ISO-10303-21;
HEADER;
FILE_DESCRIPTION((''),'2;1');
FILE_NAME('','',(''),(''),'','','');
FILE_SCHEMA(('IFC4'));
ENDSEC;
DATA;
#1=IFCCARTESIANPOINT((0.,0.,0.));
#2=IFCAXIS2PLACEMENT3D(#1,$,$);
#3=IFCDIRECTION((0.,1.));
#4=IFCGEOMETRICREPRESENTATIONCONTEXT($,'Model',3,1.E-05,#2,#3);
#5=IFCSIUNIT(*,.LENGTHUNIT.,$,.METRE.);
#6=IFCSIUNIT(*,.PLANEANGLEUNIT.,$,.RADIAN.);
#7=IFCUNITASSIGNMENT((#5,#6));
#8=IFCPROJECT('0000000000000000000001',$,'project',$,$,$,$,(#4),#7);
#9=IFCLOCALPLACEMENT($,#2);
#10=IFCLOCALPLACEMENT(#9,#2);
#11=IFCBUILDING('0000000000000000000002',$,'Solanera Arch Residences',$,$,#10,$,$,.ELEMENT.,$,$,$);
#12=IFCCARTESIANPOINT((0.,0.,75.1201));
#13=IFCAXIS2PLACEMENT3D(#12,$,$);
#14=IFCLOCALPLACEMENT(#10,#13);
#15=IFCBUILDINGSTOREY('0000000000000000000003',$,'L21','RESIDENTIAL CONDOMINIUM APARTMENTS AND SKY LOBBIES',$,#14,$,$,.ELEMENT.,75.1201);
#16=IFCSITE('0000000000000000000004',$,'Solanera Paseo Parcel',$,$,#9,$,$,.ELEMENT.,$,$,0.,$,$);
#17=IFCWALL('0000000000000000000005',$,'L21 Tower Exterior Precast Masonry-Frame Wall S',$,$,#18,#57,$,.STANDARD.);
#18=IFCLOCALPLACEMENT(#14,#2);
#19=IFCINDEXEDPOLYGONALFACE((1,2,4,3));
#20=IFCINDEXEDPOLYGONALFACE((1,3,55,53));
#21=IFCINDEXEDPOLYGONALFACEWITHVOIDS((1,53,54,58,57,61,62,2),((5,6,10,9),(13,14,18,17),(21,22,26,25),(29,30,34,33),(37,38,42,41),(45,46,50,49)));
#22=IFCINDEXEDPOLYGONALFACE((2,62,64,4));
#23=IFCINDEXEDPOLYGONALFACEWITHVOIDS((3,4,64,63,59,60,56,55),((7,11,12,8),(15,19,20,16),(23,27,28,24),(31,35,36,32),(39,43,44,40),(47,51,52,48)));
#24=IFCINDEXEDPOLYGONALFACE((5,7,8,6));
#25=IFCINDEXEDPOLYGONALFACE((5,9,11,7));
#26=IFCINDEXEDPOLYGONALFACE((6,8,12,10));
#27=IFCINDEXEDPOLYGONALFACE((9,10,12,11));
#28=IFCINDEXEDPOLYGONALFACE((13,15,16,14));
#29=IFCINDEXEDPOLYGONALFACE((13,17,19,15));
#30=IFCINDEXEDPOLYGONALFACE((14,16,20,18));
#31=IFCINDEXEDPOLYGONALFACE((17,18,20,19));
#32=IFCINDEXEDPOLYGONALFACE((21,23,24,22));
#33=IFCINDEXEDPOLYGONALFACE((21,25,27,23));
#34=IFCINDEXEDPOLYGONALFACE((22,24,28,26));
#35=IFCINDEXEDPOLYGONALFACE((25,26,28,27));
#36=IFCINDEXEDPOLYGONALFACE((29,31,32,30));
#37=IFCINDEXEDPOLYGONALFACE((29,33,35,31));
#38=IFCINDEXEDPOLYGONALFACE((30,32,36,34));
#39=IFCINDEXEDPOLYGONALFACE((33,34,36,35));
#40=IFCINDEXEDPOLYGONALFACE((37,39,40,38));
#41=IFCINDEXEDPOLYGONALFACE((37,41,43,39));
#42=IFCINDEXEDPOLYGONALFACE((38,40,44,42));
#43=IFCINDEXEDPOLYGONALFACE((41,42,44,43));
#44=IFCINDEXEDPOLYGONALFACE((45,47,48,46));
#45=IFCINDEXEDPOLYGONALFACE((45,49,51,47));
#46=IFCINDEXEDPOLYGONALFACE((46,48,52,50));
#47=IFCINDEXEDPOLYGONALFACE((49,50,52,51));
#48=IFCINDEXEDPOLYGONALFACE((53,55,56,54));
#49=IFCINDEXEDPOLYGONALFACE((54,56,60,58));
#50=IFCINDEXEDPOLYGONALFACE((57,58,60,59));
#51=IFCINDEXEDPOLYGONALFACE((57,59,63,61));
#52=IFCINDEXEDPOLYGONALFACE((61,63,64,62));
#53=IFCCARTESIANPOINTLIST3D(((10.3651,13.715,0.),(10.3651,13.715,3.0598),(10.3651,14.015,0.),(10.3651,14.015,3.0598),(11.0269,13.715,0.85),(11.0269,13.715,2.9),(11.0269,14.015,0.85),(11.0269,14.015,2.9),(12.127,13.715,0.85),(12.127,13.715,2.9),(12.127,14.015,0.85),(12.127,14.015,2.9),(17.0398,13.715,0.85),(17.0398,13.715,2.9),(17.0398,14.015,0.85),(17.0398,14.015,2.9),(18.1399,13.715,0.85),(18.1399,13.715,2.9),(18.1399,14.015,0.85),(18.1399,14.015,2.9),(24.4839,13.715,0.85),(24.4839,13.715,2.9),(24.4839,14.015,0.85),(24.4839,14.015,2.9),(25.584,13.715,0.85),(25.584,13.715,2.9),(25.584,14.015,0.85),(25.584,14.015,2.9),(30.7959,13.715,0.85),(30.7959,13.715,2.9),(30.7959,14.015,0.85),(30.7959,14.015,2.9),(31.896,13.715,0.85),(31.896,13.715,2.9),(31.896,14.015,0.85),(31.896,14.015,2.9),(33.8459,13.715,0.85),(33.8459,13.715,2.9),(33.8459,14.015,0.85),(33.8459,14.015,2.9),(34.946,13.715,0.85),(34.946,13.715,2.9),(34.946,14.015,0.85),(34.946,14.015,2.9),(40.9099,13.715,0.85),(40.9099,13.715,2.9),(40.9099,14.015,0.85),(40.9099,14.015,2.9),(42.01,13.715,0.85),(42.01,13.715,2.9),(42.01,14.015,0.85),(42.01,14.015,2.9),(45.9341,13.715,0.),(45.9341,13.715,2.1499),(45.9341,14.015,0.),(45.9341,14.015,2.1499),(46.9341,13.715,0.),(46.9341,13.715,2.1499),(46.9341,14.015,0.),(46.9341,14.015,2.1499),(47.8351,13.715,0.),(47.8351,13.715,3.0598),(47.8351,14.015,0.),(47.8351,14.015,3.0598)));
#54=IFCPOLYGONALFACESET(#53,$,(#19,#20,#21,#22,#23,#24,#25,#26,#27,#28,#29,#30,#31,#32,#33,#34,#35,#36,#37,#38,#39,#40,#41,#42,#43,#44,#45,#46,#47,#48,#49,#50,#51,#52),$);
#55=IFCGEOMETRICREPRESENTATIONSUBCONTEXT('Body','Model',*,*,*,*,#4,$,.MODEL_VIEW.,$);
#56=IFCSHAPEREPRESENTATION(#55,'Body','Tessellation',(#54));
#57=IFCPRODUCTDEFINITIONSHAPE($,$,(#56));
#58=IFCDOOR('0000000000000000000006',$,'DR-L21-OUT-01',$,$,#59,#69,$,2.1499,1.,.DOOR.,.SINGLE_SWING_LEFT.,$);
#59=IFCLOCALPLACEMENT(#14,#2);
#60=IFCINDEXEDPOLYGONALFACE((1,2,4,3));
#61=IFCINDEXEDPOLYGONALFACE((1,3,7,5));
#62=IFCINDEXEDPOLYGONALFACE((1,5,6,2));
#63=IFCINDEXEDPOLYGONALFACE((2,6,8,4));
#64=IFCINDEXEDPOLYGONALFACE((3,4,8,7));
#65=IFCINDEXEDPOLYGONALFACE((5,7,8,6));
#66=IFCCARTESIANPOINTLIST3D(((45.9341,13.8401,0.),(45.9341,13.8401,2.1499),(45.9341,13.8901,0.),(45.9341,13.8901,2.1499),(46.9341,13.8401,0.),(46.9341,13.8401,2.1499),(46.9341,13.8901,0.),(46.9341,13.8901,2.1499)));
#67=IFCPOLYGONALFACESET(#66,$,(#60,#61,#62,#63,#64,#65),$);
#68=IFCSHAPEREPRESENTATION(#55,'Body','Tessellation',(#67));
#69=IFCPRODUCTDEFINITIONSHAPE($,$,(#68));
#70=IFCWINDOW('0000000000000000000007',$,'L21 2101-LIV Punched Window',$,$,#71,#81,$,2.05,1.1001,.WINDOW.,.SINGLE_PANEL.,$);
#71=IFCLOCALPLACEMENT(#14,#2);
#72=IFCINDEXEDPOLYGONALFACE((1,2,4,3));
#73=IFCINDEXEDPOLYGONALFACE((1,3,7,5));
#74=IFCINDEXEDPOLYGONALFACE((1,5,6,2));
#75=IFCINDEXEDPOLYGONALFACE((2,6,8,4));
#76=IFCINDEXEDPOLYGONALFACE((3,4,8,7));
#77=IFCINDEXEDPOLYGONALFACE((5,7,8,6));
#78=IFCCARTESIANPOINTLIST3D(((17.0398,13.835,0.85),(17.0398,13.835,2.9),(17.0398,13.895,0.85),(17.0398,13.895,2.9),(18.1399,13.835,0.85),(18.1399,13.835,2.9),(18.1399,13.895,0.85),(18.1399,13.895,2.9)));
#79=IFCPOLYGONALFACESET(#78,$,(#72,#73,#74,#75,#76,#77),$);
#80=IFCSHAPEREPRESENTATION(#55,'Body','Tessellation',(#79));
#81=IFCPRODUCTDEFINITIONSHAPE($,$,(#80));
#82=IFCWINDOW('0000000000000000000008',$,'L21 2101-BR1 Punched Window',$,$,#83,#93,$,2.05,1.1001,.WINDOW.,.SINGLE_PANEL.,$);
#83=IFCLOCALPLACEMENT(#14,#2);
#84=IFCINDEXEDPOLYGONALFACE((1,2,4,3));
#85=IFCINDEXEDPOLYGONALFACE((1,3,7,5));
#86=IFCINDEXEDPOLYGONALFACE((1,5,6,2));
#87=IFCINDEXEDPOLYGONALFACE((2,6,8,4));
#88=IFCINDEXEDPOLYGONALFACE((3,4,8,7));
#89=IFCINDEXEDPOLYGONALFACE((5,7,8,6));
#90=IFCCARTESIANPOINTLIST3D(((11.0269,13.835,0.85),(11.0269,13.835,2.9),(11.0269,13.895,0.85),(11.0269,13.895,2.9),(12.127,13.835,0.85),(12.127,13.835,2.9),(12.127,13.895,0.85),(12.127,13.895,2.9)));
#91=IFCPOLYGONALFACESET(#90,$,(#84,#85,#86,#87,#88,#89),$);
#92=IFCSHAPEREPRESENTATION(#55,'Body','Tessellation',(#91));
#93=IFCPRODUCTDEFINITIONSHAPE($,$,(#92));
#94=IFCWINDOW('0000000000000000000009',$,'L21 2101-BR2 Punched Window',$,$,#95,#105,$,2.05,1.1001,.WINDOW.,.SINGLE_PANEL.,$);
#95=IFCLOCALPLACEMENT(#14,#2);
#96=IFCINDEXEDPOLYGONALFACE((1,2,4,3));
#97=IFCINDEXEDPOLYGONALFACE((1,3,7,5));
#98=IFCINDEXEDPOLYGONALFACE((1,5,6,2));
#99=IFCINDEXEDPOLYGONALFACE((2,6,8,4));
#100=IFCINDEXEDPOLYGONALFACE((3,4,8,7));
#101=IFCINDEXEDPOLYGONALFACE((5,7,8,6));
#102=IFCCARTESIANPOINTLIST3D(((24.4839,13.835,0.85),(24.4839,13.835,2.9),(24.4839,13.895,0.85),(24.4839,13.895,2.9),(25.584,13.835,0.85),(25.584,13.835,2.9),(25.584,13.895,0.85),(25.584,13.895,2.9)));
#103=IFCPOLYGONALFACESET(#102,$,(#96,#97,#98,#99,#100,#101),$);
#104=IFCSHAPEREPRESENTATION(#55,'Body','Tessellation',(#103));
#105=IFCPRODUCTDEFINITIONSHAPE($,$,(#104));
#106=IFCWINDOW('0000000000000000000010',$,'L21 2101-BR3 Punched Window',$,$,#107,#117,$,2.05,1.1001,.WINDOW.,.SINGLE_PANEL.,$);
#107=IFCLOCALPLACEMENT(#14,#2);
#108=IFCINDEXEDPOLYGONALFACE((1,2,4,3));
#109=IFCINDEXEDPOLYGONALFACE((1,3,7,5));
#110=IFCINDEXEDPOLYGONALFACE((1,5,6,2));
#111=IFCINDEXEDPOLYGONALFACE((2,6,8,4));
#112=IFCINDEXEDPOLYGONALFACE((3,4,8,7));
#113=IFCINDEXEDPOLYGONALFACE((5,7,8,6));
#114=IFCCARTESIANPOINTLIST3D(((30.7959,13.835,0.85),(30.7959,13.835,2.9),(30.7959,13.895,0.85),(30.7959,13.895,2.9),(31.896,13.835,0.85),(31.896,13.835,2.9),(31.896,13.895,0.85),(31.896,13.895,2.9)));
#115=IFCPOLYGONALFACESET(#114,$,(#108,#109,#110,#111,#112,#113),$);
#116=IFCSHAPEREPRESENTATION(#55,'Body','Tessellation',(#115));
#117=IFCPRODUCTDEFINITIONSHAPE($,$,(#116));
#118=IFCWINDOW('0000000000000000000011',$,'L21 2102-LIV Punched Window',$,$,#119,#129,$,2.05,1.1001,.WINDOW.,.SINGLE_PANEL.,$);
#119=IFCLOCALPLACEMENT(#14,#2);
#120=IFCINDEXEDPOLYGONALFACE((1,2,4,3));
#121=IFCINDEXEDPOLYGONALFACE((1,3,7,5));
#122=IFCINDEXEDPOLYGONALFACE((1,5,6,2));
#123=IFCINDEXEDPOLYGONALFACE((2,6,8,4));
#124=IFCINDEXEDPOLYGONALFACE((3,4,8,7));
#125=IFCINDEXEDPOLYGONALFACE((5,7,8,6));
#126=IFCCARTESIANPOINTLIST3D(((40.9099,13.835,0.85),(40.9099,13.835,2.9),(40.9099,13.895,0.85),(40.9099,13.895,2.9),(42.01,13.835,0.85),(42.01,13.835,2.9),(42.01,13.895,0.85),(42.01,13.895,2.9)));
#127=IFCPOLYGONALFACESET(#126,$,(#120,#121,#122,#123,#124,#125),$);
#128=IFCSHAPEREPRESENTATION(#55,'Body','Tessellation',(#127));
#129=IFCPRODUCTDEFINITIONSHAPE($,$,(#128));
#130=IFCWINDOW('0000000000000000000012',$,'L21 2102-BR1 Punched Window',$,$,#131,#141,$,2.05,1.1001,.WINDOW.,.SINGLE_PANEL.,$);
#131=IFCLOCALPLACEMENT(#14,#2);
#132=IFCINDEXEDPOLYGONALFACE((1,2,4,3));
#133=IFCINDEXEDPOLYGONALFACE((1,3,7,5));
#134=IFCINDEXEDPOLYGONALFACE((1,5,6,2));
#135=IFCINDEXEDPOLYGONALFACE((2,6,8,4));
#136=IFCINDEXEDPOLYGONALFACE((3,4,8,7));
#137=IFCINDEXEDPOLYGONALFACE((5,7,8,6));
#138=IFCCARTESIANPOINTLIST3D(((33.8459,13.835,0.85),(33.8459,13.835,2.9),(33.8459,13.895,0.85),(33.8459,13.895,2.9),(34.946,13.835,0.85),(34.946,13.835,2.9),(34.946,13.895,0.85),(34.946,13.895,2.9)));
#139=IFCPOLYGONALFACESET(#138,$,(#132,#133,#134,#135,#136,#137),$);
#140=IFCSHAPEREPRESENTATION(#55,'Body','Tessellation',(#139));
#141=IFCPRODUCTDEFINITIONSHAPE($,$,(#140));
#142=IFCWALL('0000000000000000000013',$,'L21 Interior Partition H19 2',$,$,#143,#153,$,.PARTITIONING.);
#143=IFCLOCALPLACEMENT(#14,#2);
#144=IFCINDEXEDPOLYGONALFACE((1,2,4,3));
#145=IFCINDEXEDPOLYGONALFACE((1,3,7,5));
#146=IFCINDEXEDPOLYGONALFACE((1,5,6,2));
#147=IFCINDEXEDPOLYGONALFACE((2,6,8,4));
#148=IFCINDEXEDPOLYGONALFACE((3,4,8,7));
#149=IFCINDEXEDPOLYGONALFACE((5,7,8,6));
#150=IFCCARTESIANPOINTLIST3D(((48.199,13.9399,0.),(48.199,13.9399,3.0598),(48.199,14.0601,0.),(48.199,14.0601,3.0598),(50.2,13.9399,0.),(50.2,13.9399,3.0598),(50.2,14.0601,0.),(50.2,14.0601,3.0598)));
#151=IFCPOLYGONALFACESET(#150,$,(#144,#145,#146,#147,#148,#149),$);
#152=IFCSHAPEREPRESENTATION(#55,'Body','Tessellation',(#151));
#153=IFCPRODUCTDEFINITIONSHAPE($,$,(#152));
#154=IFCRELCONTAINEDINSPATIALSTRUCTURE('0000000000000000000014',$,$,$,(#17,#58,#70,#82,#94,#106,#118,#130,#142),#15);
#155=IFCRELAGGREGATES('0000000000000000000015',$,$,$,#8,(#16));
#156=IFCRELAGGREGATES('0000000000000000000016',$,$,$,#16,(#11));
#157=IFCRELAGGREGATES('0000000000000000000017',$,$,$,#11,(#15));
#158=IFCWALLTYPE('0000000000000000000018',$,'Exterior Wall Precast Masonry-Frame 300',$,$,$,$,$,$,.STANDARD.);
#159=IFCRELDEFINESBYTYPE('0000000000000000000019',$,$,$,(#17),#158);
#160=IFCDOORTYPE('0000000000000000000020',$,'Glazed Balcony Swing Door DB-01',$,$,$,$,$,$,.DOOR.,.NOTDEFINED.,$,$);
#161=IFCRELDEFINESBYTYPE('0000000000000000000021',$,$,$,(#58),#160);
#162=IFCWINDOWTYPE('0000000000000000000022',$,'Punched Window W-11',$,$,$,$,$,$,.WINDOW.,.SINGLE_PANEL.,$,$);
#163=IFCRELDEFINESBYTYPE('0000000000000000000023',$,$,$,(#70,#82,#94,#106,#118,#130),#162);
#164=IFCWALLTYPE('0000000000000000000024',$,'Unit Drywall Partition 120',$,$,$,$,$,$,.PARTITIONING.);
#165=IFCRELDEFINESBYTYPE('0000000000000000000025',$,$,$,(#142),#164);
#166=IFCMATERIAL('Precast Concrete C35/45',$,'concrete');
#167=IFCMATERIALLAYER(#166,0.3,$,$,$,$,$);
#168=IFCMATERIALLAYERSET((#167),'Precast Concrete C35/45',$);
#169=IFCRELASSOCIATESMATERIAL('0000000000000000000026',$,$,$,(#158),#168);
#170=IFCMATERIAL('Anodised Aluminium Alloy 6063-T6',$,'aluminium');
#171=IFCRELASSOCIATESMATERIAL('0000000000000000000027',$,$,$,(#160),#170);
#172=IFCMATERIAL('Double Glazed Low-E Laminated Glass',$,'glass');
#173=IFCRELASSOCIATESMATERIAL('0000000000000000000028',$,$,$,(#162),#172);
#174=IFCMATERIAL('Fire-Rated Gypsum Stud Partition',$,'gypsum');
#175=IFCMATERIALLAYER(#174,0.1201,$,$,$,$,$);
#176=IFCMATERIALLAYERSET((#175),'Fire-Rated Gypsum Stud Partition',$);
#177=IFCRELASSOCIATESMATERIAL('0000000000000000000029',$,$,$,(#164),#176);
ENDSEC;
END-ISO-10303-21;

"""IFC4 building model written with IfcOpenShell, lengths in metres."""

from ifc_helpers import new_model, si_unit, direction, frame, frame_2d, origin, place, context, subcontext, project, spatial, rectangle, extrude, material, layer, layer_set, type_object, element, fill, save


model = new_model("IFC4")

# Units and contexts
model_context = context("Model", 3, precision=1e-05, world=origin(), true_north=direction((0.0, 1.0)))
body_context = subcontext(model_context, "Body", "Model", "MODEL_VIEW")
ifc_project = project(units=[si_unit("LENGTHUNIT", "METRE"), si_unit("PLANEANGLEUNIT", "RADIAN")], contexts=[model_context])

# Site, building, storey
site_placement = place(None, origin())
site = spatial("IfcSite", under=ifc_project, at=site_placement, Name="Solanera Paseo Parcel", CompositionType="ELEMENT", RefElevation=0.0)
building_placement = place(site_placement, origin())
building = spatial("IfcBuilding", under=site, at=building_placement, Name="Solanera Arch Residences", CompositionType="ELEMENT")
storey_placement = place(building_placement, frame((0.0, 0.0, 75.1201)))
storey = spatial("IfcBuildingStorey", under=building, at=storey_placement, Name="L21", Description="RESIDENTIAL CONDOMINIUM APARTMENTS AND SKY LOBBIES", CompositionType="ELEMENT", Elevation=75.1201)

# Shared definitions
ifc_material_1 = material(Name="Precast Concrete C35/45", Category="concrete")
ifc_layer_1 = layer(ifc_material_1, 0.3)
ifc_layer_set_1 = layer_set([ifc_layer_1], Name="Precast Concrete C35/45")
wall_type_1 = type_object("IfcWallType", Name="Exterior Wall Precast Masonry-Frame 300", PredefinedType="STANDARD", material=ifc_layer_set_1)

# Wall, openings, door, windows
wall_1_placement = place(storey_placement, frame((47.835, 13.865, 0.0), z_axis=(0.0, 0.0, 1.0), x_axis=(-1.0, 0.0, 0.0)))
wall_1 = element("IfcWall", 1, at=wall_1_placement, inside=storey, type_object=wall_type_1, Name="L21 Tower Exterior Precast Masonry-Frame Wall S", PredefinedType="STANDARD", context=body_context, shape_type="SweptSolid", body=[
    extrude(rectangle(XDim=37.47, YDim=0.3, at=frame_2d((18.7349, 0.0))), origin(), (0.0, 0.0, 1.0), 3.0598),
])
opening_1_placement = place(wall_1_placement, frame((0.9009, 0.0, 0.0)))
opening_1 = element("IfcOpeningElement", 2, at=opening_1_placement, cuts=wall_1, PredefinedType="OPENING", context=body_context, shape_type="SweptSolid", body=[
    extrude(rectangle(XDim=1.0, YDim=2.1499, at=frame_2d((0.5, 1.075))), frame((0.0, 0.1599, 0.0), z_axis=(0.0, -1.0, 0.0), x_axis=(1.0, 0.0, 0.0)), (0.0, 0.0, 1.0), 0.32),
])
opening_2_placement = place(wall_1_placement, frame((29.6951, 0.0, 0.8501)))
opening_2 = element("IfcOpeningElement", 3, at=opening_2_placement, cuts=wall_1, PredefinedType="OPENING", context=body_context, shape_type="SweptSolid", body=[
    extrude(rectangle(XDim=1.1001, YDim=2.05, at=frame_2d((0.55, 1.0249))), frame((0.0, 0.1599, 0.0), z_axis=(0.0, -1.0, 0.0), x_axis=(1.0, 0.0, 0.0)), (0.0, 0.0, 1.0), 0.32),
])
opening_3_placement = place(wall_1_placement, frame((35.708, 0.0, 0.8501)))
opening_3 = element("IfcOpeningElement", 4, at=opening_3_placement, cuts=wall_1, PredefinedType="OPENING", context=body_context, shape_type="SweptSolid", body=[
    extrude(rectangle(XDim=1.1001, YDim=2.05, at=frame_2d((0.55, 1.0249))), frame((0.0, 0.1599, 0.0), z_axis=(0.0, -1.0, 0.0), x_axis=(1.0, 0.0, 0.0)), (0.0, 0.0, 1.0), 0.32),
])
opening_4_placement = place(wall_1_placement, frame((22.251, 0.0, 0.8501)))
opening_4 = element("IfcOpeningElement", 5, at=opening_4_placement, cuts=wall_1, PredefinedType="OPENING", context=body_context, shape_type="SweptSolid", body=[
    extrude(rectangle(XDim=1.1001, YDim=2.05, at=frame_2d((0.55, 1.0249))), frame((0.0, 0.1599, 0.0), z_axis=(0.0, -1.0, 0.0), x_axis=(1.0, 0.0, 0.0)), (0.0, 0.0, 1.0), 0.32),
])
opening_5_placement = place(wall_1_placement, frame((15.939, 0.0, 0.8501)))
opening_5 = element("IfcOpeningElement", 6, at=opening_5_placement, cuts=wall_1, PredefinedType="OPENING", context=body_context, shape_type="SweptSolid", body=[
    extrude(rectangle(XDim=1.1001, YDim=2.05, at=frame_2d((0.55, 1.0249))), frame((0.0, 0.1599, 0.0), z_axis=(0.0, -1.0, 0.0), x_axis=(1.0, 0.0, 0.0)), (0.0, 0.0, 1.0), 0.32),
])
opening_6_placement = place(wall_1_placement, frame((5.825, 0.0, 0.8501)))
opening_6 = element("IfcOpeningElement", 7, at=opening_6_placement, cuts=wall_1, PredefinedType="OPENING", context=body_context, shape_type="SweptSolid", body=[
    extrude(rectangle(XDim=1.1001, YDim=2.05, at=frame_2d((0.55, 1.0249))), frame((0.0, 0.1599, 0.0), z_axis=(0.0, -1.0, 0.0), x_axis=(1.0, 0.0, 0.0)), (0.0, 0.0, 1.0), 0.32),
])
opening_7_placement = place(wall_1_placement, frame((12.8889, 0.0, 0.8501)))
opening_7 = element("IfcOpeningElement", 8, at=opening_7_placement, cuts=wall_1, PredefinedType="OPENING", context=body_context, shape_type="SweptSolid", body=[
    extrude(rectangle(XDim=1.1001, YDim=2.05, at=frame_2d((0.55, 1.0249))), frame((0.0, 0.1599, 0.0), z_axis=(0.0, -1.0, 0.0), x_axis=(1.0, 0.0, 0.0)), (0.0, 0.0, 1.0), 0.32),
])
ifc_material_2 = material(Name="Anodised Aluminium Alloy 6063-T6", Category="aluminium")
door_type_1 = type_object("IfcDoorType", Name="Glazed Balcony Swing Door DB-01", OperationType="NOTDEFINED", PredefinedType="DOOR", material=ifc_material_2)
door_1_placement = place(opening_1_placement, origin())
door_1 = element("IfcDoor", 9, at=door_1_placement, inside=storey, type_object=door_type_1, Name="DR-L21-OUT-01", OperationType="SINGLE_SWING_LEFT", OverallHeight=2.1499, OverallWidth=1.0, PredefinedType="DOOR", context=body_context, shape_type="SweptSolid", body=[
    extrude(rectangle(XDim=1.0, YDim=2.1499, at=frame_2d((0.5, 1.075))), frame((0.0, 0.0249, 0.0), z_axis=(0.0, -1.0, 0.0), x_axis=(1.0, 0.0, 0.0)), (0.0, 0.0, 1.0), 0.05),
])
fill(opening_1, door_1)
ifc_material_3 = material(Name="Double Glazed Low-E Laminated Glass", Category="glass")
window_type_1 = type_object("IfcWindowType", Name="Punched Window W-11", PartitioningType="SINGLE_PANEL", PredefinedType="WINDOW", material=ifc_material_3)
window_1_placement = place(opening_2_placement, origin())
window_1 = element("IfcWindow", 10, at=window_1_placement, inside=storey, type_object=window_type_1, Name="L21 2101-LIV Punched Window", OverallHeight=2.05, OverallWidth=1.1001, PartitioningType="SINGLE_PANEL", PredefinedType="WINDOW", context=body_context, shape_type="SweptSolid", body=[
    extrude(rectangle(XDim=1.1001, YDim=2.05, at=frame_2d((0.55, 1.0249))), frame((0.0, 0.03, 0.0), z_axis=(0.0, -1.0, 0.0), x_axis=(1.0, 0.0, 0.0)), (0.0, 0.0, 1.0), 0.0601),
])
fill(opening_2, window_1)
window_2_placement = place(opening_3_placement, origin())
window_2 = element("IfcWindow", 11, at=window_2_placement, inside=storey, type_object=window_type_1, Name="L21 2101-BR1 Punched Window", OverallHeight=2.05, OverallWidth=1.1001, PartitioningType="SINGLE_PANEL", PredefinedType="WINDOW", context=body_context, shape_type="SweptSolid", body=[
    extrude(rectangle(XDim=1.1001, YDim=2.05, at=frame_2d((0.55, 1.0249))), frame((0.0, 0.03, 0.0), z_axis=(0.0, -1.0, 0.0), x_axis=(1.0, 0.0, 0.0)), (0.0, 0.0, 1.0), 0.0601),
])
fill(opening_3, window_2)
window_3_placement = place(opening_4_placement, origin())
window_3 = element("IfcWindow", 12, at=window_3_placement, inside=storey, type_object=window_type_1, Name="L21 2101-BR2 Punched Window", OverallHeight=2.05, OverallWidth=1.1001, PartitioningType="SINGLE_PANEL", PredefinedType="WINDOW", context=body_context, shape_type="SweptSolid", body=[
    extrude(rectangle(XDim=1.1001, YDim=2.05, at=frame_2d((0.55, 1.0249))), frame((0.0, 0.03, 0.0), z_axis=(0.0, -1.0, 0.0), x_axis=(1.0, 0.0, 0.0)), (0.0, 0.0, 1.0), 0.0601),
])
fill(opening_4, window_3)
window_4_placement = place(opening_5_placement, origin())
window_4 = element("IfcWindow", 13, at=window_4_placement, inside=storey, type_object=window_type_1, Name="L21 2101-BR3 Punched Window", OverallHeight=2.05, OverallWidth=1.1001, PartitioningType="SINGLE_PANEL", PredefinedType="WINDOW", context=body_context, shape_type="SweptSolid", body=[
    extrude(rectangle(XDim=1.1001, YDim=2.05, at=frame_2d((0.55, 1.0249))), frame((0.0, 0.03, 0.0), z_axis=(0.0, -1.0, 0.0), x_axis=(1.0, 0.0, 0.0)), (0.0, 0.0, 1.0), 0.0601),
])
fill(opening_5, window_4)
window_5_placement = place(opening_6_placement, origin())
window_5 = element("IfcWindow", 14, at=window_5_placement, inside=storey, type_object=window_type_1, Name="L21 2102-LIV Punched Window", OverallHeight=2.05, OverallWidth=1.1001, PartitioningType="SINGLE_PANEL", PredefinedType="WINDOW", context=body_context, shape_type="SweptSolid", body=[
    extrude(rectangle(XDim=1.1001, YDim=2.05, at=frame_2d((0.55, 1.0249))), frame((0.0, 0.03, 0.0), z_axis=(0.0, -1.0, 0.0), x_axis=(1.0, 0.0, 0.0)), (0.0, 0.0, 1.0), 0.0601),
])
fill(opening_6, window_5)
window_6_placement = place(opening_7_placement, origin())
window_6 = element("IfcWindow", 15, at=window_6_placement, inside=storey, type_object=window_type_1, Name="L21 2102-BR1 Punched Window", OverallHeight=2.05, OverallWidth=1.1001, PartitioningType="SINGLE_PANEL", PredefinedType="WINDOW", context=body_context, shape_type="SweptSolid", body=[
    extrude(rectangle(XDim=1.1001, YDim=2.05, at=frame_2d((0.55, 1.0249))), frame((0.0, 0.03, 0.0), z_axis=(0.0, -1.0, 0.0), x_axis=(1.0, 0.0, 0.0)), (0.0, 0.0, 1.0), 0.0601),
])
fill(opening_7, window_6)

# Wall
ifc_material_4 = material(Name="Fire-Rated Gypsum Stud Partition", Category="gypsum")
ifc_layer_2 = layer(ifc_material_4, 0.1201)
ifc_layer_set_2 = layer_set([ifc_layer_2], Name="Fire-Rated Gypsum Stud Partition")
wall_type_2 = type_object("IfcWallType", Name="Unit Drywall Partition 120", PredefinedType="PARTITIONING", material=ifc_layer_set_2)
wall_2_placement = place(storey_placement, frame((48.199, 14.0, 0.0), z_axis=(0.0, 0.0, 1.0), x_axis=(1.0, 0.0, 0.0)))
element("IfcWall", 16, at=wall_2_placement, inside=storey, type_object=wall_type_2, Name="L21 Interior Partition H19 2", PredefinedType="PARTITIONING", context=body_context, shape_type="SweptSolid", body=[
    extrude(rectangle(XDim=2.001, YDim=0.1201, at=frame_2d((1.0005, 0.0))), origin(), (0.0, 0.0, 1.0), 3.0598),
])

save(model, "model.ifc")
